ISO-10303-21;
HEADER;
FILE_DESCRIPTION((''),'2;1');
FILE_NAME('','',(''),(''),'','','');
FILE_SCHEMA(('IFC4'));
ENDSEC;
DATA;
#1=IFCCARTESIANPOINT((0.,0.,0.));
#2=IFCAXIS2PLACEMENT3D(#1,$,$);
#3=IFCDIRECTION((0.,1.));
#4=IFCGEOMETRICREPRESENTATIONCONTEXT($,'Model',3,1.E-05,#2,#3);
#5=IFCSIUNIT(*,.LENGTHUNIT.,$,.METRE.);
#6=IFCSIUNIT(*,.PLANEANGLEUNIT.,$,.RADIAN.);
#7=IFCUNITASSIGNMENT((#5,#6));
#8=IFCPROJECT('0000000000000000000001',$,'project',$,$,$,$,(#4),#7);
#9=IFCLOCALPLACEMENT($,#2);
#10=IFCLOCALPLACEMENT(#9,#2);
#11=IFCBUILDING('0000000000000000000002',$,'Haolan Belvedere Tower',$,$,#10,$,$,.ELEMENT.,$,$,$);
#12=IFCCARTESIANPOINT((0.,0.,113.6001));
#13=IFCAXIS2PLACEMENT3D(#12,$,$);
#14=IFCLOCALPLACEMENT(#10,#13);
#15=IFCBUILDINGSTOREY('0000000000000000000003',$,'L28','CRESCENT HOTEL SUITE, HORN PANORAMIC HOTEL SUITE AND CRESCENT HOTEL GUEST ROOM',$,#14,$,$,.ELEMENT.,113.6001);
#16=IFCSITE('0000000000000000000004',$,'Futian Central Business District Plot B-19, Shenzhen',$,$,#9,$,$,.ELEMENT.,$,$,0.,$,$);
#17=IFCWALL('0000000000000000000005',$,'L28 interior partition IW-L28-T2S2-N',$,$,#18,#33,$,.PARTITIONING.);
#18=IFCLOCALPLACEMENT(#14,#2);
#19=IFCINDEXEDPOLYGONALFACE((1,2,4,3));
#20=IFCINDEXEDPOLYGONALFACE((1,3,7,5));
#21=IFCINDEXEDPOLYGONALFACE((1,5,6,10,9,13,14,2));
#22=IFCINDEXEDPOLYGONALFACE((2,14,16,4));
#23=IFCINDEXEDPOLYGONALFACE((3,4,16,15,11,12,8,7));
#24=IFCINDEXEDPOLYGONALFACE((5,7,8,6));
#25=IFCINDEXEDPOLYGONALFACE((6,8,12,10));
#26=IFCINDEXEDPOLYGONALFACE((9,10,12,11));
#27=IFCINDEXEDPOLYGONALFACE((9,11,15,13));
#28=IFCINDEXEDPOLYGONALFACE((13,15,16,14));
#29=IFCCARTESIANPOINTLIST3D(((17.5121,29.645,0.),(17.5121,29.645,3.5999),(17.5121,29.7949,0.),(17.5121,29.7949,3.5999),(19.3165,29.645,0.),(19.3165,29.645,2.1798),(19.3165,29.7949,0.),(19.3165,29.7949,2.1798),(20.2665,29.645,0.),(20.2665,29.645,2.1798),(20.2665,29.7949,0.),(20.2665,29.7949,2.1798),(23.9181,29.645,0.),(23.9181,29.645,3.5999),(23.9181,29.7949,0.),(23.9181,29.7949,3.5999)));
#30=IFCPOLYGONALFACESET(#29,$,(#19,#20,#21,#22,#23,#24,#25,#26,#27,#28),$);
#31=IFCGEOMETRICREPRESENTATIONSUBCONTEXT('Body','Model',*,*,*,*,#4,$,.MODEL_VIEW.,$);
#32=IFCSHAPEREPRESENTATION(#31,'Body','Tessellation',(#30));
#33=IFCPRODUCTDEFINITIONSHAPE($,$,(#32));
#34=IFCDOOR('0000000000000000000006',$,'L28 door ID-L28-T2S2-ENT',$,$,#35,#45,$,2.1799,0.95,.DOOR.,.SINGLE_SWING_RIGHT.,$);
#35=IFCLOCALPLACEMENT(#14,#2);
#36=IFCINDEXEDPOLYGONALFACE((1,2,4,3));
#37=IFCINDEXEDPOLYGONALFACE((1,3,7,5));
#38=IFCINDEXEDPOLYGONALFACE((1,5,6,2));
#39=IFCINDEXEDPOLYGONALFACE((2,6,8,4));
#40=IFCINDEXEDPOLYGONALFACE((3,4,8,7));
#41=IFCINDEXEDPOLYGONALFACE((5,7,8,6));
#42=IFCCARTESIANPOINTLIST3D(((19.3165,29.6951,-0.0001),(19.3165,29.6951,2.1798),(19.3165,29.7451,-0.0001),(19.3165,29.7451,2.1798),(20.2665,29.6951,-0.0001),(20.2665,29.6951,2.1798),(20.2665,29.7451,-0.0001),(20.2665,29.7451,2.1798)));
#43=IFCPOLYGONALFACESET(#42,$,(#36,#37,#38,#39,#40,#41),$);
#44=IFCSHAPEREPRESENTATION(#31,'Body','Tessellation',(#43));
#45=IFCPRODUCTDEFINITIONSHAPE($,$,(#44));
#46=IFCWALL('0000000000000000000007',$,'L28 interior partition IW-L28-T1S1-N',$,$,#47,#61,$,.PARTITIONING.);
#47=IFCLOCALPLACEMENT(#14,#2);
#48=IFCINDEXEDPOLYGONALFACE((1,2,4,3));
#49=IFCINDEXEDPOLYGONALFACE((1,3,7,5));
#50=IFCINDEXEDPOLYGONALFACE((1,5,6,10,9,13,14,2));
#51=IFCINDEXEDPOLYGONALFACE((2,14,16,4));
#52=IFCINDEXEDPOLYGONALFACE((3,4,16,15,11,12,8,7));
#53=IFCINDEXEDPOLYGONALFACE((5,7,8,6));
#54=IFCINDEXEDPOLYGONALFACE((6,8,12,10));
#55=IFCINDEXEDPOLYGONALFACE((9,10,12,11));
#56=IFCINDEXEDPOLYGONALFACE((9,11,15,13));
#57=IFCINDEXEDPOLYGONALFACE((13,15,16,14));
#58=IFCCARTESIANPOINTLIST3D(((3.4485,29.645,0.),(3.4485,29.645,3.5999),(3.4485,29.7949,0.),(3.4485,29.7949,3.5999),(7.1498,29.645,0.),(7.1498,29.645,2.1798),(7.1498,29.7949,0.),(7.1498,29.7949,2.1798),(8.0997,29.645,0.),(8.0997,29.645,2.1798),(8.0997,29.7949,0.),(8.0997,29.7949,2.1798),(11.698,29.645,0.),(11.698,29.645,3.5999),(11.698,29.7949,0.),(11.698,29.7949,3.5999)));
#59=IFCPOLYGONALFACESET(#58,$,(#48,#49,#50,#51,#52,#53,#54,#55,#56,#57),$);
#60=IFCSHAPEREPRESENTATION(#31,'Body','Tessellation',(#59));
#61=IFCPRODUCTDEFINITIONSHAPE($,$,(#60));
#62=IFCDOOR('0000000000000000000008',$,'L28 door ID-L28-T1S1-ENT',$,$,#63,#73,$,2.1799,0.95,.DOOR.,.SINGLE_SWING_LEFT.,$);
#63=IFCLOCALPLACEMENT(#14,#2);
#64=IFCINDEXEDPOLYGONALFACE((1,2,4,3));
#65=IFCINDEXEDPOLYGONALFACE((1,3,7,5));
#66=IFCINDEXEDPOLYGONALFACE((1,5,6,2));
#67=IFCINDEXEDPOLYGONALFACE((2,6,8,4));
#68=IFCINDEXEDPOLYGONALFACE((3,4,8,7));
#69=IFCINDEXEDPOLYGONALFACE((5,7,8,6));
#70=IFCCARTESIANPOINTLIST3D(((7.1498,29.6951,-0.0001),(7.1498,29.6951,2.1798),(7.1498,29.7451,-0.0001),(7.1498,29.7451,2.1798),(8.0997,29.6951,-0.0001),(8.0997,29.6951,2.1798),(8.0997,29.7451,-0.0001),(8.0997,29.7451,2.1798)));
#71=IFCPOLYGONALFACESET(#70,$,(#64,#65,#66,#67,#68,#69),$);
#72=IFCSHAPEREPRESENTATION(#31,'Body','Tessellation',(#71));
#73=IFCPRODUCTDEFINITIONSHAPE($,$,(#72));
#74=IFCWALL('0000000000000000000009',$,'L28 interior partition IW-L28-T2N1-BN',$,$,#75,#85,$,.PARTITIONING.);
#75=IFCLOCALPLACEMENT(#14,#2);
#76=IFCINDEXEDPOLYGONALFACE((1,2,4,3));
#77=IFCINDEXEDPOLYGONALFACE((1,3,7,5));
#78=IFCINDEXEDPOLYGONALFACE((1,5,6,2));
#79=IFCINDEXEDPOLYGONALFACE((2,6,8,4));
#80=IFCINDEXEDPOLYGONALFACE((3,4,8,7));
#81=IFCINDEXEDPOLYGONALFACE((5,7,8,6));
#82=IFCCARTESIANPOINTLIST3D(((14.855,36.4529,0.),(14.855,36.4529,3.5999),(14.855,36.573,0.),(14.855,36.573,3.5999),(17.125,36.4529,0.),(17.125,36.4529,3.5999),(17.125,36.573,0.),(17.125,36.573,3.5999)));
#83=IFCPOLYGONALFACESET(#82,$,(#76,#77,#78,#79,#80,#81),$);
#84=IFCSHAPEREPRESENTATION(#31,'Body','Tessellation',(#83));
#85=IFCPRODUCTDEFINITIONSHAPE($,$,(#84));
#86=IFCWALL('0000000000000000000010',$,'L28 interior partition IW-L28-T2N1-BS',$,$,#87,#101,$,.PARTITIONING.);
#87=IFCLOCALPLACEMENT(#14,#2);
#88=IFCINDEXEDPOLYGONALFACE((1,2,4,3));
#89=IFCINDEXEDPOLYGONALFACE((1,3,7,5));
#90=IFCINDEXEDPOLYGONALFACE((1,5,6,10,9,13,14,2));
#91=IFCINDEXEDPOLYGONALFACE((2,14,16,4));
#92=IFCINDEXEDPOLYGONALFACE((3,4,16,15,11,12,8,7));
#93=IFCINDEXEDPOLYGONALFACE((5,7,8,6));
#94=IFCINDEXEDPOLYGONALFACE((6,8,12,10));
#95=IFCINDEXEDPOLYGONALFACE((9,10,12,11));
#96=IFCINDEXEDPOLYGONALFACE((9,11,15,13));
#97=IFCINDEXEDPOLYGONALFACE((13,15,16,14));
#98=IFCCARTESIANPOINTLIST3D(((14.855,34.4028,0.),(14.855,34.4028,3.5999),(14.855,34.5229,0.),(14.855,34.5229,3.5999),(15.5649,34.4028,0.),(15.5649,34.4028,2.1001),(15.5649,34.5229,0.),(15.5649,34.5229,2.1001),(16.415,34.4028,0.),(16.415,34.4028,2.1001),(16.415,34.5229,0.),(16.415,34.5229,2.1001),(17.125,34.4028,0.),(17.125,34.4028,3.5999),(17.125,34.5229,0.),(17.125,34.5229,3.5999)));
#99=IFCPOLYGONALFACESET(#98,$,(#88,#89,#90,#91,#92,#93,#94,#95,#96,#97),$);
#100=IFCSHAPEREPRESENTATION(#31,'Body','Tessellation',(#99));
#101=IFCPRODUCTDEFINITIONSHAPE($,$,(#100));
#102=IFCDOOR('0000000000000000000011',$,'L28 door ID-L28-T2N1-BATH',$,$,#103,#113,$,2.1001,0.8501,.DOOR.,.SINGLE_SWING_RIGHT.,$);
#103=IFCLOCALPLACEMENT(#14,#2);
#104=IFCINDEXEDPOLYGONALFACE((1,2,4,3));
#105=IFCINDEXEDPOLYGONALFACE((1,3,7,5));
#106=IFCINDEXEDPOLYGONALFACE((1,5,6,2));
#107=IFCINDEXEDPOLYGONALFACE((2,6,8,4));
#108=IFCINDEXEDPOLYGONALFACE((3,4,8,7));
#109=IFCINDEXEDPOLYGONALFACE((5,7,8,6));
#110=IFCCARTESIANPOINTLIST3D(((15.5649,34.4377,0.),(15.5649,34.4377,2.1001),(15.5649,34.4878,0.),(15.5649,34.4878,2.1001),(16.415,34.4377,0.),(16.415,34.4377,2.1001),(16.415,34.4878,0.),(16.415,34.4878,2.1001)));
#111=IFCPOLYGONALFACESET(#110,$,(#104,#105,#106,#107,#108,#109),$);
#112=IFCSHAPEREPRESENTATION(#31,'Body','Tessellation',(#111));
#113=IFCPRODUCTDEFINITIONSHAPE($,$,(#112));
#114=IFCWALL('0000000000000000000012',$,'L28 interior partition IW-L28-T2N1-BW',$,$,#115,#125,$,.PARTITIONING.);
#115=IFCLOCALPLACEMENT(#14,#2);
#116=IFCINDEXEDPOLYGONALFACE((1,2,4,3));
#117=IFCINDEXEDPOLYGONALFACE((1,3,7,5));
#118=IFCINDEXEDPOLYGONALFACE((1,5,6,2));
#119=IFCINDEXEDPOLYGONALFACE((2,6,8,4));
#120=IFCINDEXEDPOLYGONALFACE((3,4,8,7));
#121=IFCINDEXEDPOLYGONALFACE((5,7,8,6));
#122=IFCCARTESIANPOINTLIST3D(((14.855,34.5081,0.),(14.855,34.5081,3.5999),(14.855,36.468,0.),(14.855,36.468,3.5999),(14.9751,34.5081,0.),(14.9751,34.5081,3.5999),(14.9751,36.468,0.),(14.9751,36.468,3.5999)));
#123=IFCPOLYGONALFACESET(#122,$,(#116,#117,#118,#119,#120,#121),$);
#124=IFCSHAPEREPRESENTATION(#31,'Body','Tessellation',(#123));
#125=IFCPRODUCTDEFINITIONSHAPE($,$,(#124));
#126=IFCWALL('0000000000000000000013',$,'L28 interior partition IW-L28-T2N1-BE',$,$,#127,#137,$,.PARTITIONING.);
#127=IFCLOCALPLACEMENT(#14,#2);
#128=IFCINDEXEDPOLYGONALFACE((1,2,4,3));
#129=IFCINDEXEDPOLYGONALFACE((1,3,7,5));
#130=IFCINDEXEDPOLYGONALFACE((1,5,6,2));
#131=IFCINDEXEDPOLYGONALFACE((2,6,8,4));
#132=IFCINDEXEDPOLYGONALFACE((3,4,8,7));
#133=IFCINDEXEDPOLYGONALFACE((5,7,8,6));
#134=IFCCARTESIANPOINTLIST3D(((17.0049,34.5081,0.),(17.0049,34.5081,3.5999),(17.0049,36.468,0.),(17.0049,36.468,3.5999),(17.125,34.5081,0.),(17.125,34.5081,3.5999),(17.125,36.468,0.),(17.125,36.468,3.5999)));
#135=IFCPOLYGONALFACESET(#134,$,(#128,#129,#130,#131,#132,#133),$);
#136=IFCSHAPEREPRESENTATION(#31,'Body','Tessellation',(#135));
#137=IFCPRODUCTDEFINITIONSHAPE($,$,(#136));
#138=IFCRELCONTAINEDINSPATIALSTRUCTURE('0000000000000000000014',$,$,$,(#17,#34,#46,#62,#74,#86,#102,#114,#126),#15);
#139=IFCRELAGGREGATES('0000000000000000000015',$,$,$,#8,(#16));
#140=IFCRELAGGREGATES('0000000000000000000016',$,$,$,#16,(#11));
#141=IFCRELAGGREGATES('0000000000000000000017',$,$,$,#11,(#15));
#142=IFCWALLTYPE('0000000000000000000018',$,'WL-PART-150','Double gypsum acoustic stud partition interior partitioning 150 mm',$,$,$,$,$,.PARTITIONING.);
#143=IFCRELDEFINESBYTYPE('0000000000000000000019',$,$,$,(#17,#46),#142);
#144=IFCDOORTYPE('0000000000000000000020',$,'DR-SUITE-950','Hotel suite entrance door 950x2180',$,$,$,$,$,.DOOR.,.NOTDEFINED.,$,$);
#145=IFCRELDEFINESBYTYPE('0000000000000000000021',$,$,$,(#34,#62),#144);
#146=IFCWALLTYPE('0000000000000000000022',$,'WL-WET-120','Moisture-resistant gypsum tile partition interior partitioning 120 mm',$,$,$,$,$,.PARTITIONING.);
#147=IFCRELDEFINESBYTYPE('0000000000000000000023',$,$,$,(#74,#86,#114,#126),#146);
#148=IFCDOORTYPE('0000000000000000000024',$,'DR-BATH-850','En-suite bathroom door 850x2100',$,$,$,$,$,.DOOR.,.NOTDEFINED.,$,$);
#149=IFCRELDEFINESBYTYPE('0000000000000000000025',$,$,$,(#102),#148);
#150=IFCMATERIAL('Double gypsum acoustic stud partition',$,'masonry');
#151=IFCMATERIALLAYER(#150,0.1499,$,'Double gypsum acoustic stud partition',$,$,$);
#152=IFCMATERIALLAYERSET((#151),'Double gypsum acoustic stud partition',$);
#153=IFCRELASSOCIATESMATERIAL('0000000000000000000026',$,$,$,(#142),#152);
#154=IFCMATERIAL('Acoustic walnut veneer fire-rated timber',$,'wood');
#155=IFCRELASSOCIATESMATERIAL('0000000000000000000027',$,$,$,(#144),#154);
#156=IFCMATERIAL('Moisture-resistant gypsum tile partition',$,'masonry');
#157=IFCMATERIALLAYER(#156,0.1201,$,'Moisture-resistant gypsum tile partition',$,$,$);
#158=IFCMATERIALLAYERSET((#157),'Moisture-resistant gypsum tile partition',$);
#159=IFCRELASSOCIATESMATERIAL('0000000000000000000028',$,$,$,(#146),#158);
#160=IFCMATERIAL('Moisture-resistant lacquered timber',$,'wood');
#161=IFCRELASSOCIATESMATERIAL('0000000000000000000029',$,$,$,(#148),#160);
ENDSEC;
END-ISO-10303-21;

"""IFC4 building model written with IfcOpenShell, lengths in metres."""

from ifc_helpers import new_model, si_unit, direction, frame, frame_2d, origin, place, context, subcontext, project, spatial, rectangle, extrude, material, layer, layer_set, type_object, element, fill, save


model = new_model("IFC4")

# Units and contexts
model_context = context("Model", 3, precision=1e-05, world=origin(), true_north=direction((0.0, 1.0)))
body_context = subcontext(model_context, "Body", "Model", "MODEL_VIEW")
ifc_project = project(units=[si_unit("LENGTHUNIT", "METRE"), si_unit("PLANEANGLEUNIT", "RADIAN")], contexts=[model_context])

# Site, building, storey
site_placement = place(None, origin())
site = spatial("IfcSite", under=ifc_project, at=site_placement, Name="Futian Central Business District Plot B-19, Shenzhen", CompositionType="ELEMENT", RefElevation=0.0)
building_placement = place(site_placement, origin())
building = spatial("IfcBuilding", under=site, at=building_placement, Name="Haolan Belvedere Tower", CompositionType="ELEMENT")
storey_placement = place(building_placement, frame((0.0, 0.0, 113.6001)))
storey = spatial("IfcBuildingStorey", under=building, at=storey_placement, Name="L28", Description="CRESCENT HOTEL SUITE, HORN PANORAMIC HOTEL SUITE AND CRESCENT HOTEL GUEST ROOM", CompositionType="ELEMENT", Elevation=113.6001)

# Shared definitions
ifc_material_1 = material(Name="Double gypsum acoustic stud partition", Category="masonry")
ifc_layer_1 = layer(ifc_material_1, 0.1499, Name="Double gypsum acoustic stud partition")
ifc_layer_set_1 = layer_set([ifc_layer_1], Name="Double gypsum acoustic stud partition")
wall_type_1 = type_object("IfcWallType", Name="WL-PART-150", Description="Double gypsum acoustic stud partition interior partitioning 150 mm", PredefinedType="PARTITIONING", material=ifc_layer_set_1)
ifc_material_2 = material(Name="Acoustic walnut veneer fire-rated timber", Category="wood")
door_type_1 = type_object("IfcDoorType", Name="DR-SUITE-950", Description="Hotel suite entrance door 950x2180", OperationType="NOTDEFINED", PredefinedType="DOOR", material=ifc_material_2)

# Walls, openings, doors
wall_1_placement = place(storey_placement, frame((17.512, 29.72, 0.0), z_axis=(0.0, 0.0, 1.0), x_axis=(1.0, 0.0, 0.0)))
wall_1 = element("IfcWall", 1, at=wall_1_placement, inside=storey, type_object=wall_type_1, Name="L28 interior partition IW-L28-T2S2-N", PredefinedType="PARTITIONING", context=body_context, shape_type="SweptSolid", body=[
    extrude(rectangle(XDim=6.406, YDim=0.1499, at=frame_2d((3.2031, 0.0))), origin(), (0.0, 0.0, 1.0), 3.5999),
])
opening_1_placement = place(wall_1_placement, frame((2.7546, 0.0, 0.0), z_axis=(0.0, 0.0, 1.0), x_axis=(-1.0, 0.0, 0.0)))
opening_1 = element("IfcOpeningElement", 2, at=opening_1_placement, cuts=wall_1, PredefinedType="OPENING", context=body_context, shape_type="SweptSolid", body=[
    extrude(rectangle(XDim=0.95, YDim=2.1799, at=frame_2d((0.4751, 1.0898))), frame((0.0, 0.085, 0.0), z_axis=(0.0, -1.0, 0.0), x_axis=(1.0, 0.0, 0.0)), (0.0, 0.0, 1.0), 0.1699),
])
door_1_placement = place(opening_1_placement, origin())
door_1 = element("IfcDoor", 3, at=door_1_placement, inside=storey, type_object=door_type_1, Name="L28 door ID-L28-T2S2-ENT", OperationType="SINGLE_SWING_RIGHT", OverallHeight=2.1799, OverallWidth=0.95, PredefinedType="DOOR", context=body_context, shape_type="SweptSolid", body=[
    extrude(rectangle(XDim=0.95, YDim=2.1799, at=frame_2d((0.4751, 1.0898))), frame((0.0, 0.0249, 0.0), z_axis=(0.0, -1.0, 0.0), x_axis=(1.0, 0.0, 0.0)), (0.0, 0.0, 1.0), 0.05),
])
fill(opening_1, door_1)
wall_2_placement = place(storey_placement, frame((3.4485, 29.72, 0.0), z_axis=(0.0, 0.0, 1.0), x_axis=(1.0, 0.0, 0.0)))
wall_2 = element("IfcWall", 4, at=wall_2_placement, inside=storey, type_object=wall_type_1, Name="L28 interior partition IW-L28-T1S1-N", PredefinedType="PARTITIONING", context=body_context, shape_type="SweptSolid", body=[
    extrude(rectangle(XDim=8.2495, YDim=0.1499, at=frame_2d((4.1248, 0.0))), origin(), (0.0, 0.0, 1.0), 3.5999),
])
opening_2_placement = place(wall_2_placement, frame((4.6514, 0.0, 0.0), z_axis=(0.0, 0.0, 1.0), x_axis=(-1.0, 0.0, 0.0)))
opening_2 = element("IfcOpeningElement", 5, at=opening_2_placement, cuts=wall_2, PredefinedType="OPENING", context=body_context, shape_type="SweptSolid", body=[
    extrude(rectangle(XDim=0.95, YDim=2.1799, at=frame_2d((0.4751, 1.0898))), frame((0.0, 0.085, 0.0), z_axis=(0.0, -1.0, 0.0), x_axis=(1.0, 0.0, 0.0)), (0.0, 0.0, 1.0), 0.1699),
])
door_2_placement = place(opening_2_placement, origin())
door_2 = element("IfcDoor", 6, at=door_2_placement, inside=storey, type_object=door_type_1, Name="L28 door ID-L28-T1S1-ENT", OperationType="SINGLE_SWING_LEFT", OverallHeight=2.1799, OverallWidth=0.95, PredefinedType="DOOR", context=body_context, shape_type="SweptSolid", body=[
    extrude(rectangle(XDim=0.95, YDim=2.1799, at=frame_2d((0.4751, 1.0898))), frame((0.0, 0.0249, 0.0), z_axis=(0.0, -1.0, 0.0), x_axis=(1.0, 0.0, 0.0)), (0.0, 0.0, 1.0), 0.05),
])
fill(opening_2, door_2)

# Wall
ifc_material_3 = material(Name="Moisture-resistant gypsum tile partition", Category="masonry")
ifc_layer_2 = layer(ifc_material_3, 0.1201, Name="Moisture-resistant gypsum tile partition")
ifc_layer_set_2 = layer_set([ifc_layer_2], Name="Moisture-resistant gypsum tile partition")
wall_type_2 = type_object("IfcWallType", Name="WL-WET-120", Description="Moisture-resistant gypsum tile partition interior partitioning 120 mm", PredefinedType="PARTITIONING", material=ifc_layer_set_2)
wall_3_placement = place(storey_placement, frame((14.855, 36.5129, 0.0), z_axis=(0.0, 0.0, 1.0), x_axis=(1.0, 0.0, 0.0)))
element("IfcWall", 7, at=wall_3_placement, inside=storey, type_object=wall_type_2, Name="L28 interior partition IW-L28-T2N1-BN", PredefinedType="PARTITIONING", context=body_context, shape_type="SweptSolid", body=[
    extrude(rectangle(XDim=2.27, YDim=0.1201, at=frame_2d((1.135, 0.0))), origin(), (0.0, 0.0, 1.0), 3.5999),
])

# Wall, opening, door
wall_4_placement = place(storey_placement, frame((14.855, 34.4629, 0.0), z_axis=(0.0, 0.0, 1.0), x_axis=(1.0, 0.0, 0.0)))
wall_4 = element("IfcWall", 8, at=wall_4_placement, inside=storey, type_object=wall_type_2, Name="L28 interior partition IW-L28-T2N1-BS", PredefinedType="PARTITIONING", context=body_context, shape_type="SweptSolid", body=[
    extrude(rectangle(XDim=2.27, YDim=0.1201, at=frame_2d((1.135, 0.0))), origin(), (0.0, 0.0, 1.0), 3.5999),
])
opening_3_placement = place(wall_4_placement, frame((0.71, 0.0, 0.0)))
opening_3 = element("IfcOpeningElement", 9, at=opening_3_placement, cuts=wall_4, PredefinedType="OPENING", context=body_context, shape_type="SweptSolid", body=[
    extrude(rectangle(XDim=0.8501, YDim=2.1001, at=frame_2d((0.425, 1.05))), frame((0.0, 0.0701, 0.0), z_axis=(0.0, -1.0, 0.0), x_axis=(1.0, 0.0, 0.0)), (0.0, 0.0, 1.0), 0.1401),
])
ifc_material_4 = material(Name="Moisture-resistant lacquered timber", Category="wood")
door_type_2 = type_object("IfcDoorType", Name="DR-BATH-850", Description="En-suite bathroom door 850x2100", OperationType="NOTDEFINED", PredefinedType="DOOR", material=ifc_material_4)
door_3_placement = place(opening_3_placement, origin())
door_3 = element("IfcDoor", 10, at=door_3_placement, inside=storey, type_object=door_type_2, Name="L28 door ID-L28-T2N1-BATH", OperationType="SINGLE_SWING_RIGHT", OverallHeight=2.1001, OverallWidth=0.8501, PredefinedType="DOOR", context=body_context, shape_type="SweptSolid", body=[
    extrude(rectangle(XDim=0.8501, YDim=2.1001, at=frame_2d((0.425, 1.05))), frame((0.0, 0.0249, 0.0), z_axis=(0.0, -1.0, 0.0), x_axis=(1.0, 0.0, 0.0)), (0.0, 0.0, 1.0), 0.05),
])
fill(opening_3, door_3)

# Walls
for number, where, z_axis, x_axis, name in (
    (11, (14.915, 34.5081, 0.0), (0.0, 0.0, 1.0), (0.0, 1.0, 0.0), "L28 interior partition IW-L28-T2N1-BW"),
    (12, (17.0649, 34.5081, 0.0), (0.0, 0.0, 1.0), (0.0, 1.0, 0.0), "L28 interior partition IW-L28-T2N1-BE"),
):
    element("IfcWall", number, at=place(storey_placement, frame(where, z_axis=z_axis, x_axis=x_axis)), inside=storey, type_object=wall_type_2, Name=name, PredefinedType="PARTITIONING", context=body_context, shape_type="SweptSolid", body=[
        extrude(rectangle(XDim=1.96, YDim=0.1201, at=frame_2d((0.98, 0.0))), origin(), (0.0, 0.0, 1.0), 3.5999),
    ])

save(model, "model.ifc")
